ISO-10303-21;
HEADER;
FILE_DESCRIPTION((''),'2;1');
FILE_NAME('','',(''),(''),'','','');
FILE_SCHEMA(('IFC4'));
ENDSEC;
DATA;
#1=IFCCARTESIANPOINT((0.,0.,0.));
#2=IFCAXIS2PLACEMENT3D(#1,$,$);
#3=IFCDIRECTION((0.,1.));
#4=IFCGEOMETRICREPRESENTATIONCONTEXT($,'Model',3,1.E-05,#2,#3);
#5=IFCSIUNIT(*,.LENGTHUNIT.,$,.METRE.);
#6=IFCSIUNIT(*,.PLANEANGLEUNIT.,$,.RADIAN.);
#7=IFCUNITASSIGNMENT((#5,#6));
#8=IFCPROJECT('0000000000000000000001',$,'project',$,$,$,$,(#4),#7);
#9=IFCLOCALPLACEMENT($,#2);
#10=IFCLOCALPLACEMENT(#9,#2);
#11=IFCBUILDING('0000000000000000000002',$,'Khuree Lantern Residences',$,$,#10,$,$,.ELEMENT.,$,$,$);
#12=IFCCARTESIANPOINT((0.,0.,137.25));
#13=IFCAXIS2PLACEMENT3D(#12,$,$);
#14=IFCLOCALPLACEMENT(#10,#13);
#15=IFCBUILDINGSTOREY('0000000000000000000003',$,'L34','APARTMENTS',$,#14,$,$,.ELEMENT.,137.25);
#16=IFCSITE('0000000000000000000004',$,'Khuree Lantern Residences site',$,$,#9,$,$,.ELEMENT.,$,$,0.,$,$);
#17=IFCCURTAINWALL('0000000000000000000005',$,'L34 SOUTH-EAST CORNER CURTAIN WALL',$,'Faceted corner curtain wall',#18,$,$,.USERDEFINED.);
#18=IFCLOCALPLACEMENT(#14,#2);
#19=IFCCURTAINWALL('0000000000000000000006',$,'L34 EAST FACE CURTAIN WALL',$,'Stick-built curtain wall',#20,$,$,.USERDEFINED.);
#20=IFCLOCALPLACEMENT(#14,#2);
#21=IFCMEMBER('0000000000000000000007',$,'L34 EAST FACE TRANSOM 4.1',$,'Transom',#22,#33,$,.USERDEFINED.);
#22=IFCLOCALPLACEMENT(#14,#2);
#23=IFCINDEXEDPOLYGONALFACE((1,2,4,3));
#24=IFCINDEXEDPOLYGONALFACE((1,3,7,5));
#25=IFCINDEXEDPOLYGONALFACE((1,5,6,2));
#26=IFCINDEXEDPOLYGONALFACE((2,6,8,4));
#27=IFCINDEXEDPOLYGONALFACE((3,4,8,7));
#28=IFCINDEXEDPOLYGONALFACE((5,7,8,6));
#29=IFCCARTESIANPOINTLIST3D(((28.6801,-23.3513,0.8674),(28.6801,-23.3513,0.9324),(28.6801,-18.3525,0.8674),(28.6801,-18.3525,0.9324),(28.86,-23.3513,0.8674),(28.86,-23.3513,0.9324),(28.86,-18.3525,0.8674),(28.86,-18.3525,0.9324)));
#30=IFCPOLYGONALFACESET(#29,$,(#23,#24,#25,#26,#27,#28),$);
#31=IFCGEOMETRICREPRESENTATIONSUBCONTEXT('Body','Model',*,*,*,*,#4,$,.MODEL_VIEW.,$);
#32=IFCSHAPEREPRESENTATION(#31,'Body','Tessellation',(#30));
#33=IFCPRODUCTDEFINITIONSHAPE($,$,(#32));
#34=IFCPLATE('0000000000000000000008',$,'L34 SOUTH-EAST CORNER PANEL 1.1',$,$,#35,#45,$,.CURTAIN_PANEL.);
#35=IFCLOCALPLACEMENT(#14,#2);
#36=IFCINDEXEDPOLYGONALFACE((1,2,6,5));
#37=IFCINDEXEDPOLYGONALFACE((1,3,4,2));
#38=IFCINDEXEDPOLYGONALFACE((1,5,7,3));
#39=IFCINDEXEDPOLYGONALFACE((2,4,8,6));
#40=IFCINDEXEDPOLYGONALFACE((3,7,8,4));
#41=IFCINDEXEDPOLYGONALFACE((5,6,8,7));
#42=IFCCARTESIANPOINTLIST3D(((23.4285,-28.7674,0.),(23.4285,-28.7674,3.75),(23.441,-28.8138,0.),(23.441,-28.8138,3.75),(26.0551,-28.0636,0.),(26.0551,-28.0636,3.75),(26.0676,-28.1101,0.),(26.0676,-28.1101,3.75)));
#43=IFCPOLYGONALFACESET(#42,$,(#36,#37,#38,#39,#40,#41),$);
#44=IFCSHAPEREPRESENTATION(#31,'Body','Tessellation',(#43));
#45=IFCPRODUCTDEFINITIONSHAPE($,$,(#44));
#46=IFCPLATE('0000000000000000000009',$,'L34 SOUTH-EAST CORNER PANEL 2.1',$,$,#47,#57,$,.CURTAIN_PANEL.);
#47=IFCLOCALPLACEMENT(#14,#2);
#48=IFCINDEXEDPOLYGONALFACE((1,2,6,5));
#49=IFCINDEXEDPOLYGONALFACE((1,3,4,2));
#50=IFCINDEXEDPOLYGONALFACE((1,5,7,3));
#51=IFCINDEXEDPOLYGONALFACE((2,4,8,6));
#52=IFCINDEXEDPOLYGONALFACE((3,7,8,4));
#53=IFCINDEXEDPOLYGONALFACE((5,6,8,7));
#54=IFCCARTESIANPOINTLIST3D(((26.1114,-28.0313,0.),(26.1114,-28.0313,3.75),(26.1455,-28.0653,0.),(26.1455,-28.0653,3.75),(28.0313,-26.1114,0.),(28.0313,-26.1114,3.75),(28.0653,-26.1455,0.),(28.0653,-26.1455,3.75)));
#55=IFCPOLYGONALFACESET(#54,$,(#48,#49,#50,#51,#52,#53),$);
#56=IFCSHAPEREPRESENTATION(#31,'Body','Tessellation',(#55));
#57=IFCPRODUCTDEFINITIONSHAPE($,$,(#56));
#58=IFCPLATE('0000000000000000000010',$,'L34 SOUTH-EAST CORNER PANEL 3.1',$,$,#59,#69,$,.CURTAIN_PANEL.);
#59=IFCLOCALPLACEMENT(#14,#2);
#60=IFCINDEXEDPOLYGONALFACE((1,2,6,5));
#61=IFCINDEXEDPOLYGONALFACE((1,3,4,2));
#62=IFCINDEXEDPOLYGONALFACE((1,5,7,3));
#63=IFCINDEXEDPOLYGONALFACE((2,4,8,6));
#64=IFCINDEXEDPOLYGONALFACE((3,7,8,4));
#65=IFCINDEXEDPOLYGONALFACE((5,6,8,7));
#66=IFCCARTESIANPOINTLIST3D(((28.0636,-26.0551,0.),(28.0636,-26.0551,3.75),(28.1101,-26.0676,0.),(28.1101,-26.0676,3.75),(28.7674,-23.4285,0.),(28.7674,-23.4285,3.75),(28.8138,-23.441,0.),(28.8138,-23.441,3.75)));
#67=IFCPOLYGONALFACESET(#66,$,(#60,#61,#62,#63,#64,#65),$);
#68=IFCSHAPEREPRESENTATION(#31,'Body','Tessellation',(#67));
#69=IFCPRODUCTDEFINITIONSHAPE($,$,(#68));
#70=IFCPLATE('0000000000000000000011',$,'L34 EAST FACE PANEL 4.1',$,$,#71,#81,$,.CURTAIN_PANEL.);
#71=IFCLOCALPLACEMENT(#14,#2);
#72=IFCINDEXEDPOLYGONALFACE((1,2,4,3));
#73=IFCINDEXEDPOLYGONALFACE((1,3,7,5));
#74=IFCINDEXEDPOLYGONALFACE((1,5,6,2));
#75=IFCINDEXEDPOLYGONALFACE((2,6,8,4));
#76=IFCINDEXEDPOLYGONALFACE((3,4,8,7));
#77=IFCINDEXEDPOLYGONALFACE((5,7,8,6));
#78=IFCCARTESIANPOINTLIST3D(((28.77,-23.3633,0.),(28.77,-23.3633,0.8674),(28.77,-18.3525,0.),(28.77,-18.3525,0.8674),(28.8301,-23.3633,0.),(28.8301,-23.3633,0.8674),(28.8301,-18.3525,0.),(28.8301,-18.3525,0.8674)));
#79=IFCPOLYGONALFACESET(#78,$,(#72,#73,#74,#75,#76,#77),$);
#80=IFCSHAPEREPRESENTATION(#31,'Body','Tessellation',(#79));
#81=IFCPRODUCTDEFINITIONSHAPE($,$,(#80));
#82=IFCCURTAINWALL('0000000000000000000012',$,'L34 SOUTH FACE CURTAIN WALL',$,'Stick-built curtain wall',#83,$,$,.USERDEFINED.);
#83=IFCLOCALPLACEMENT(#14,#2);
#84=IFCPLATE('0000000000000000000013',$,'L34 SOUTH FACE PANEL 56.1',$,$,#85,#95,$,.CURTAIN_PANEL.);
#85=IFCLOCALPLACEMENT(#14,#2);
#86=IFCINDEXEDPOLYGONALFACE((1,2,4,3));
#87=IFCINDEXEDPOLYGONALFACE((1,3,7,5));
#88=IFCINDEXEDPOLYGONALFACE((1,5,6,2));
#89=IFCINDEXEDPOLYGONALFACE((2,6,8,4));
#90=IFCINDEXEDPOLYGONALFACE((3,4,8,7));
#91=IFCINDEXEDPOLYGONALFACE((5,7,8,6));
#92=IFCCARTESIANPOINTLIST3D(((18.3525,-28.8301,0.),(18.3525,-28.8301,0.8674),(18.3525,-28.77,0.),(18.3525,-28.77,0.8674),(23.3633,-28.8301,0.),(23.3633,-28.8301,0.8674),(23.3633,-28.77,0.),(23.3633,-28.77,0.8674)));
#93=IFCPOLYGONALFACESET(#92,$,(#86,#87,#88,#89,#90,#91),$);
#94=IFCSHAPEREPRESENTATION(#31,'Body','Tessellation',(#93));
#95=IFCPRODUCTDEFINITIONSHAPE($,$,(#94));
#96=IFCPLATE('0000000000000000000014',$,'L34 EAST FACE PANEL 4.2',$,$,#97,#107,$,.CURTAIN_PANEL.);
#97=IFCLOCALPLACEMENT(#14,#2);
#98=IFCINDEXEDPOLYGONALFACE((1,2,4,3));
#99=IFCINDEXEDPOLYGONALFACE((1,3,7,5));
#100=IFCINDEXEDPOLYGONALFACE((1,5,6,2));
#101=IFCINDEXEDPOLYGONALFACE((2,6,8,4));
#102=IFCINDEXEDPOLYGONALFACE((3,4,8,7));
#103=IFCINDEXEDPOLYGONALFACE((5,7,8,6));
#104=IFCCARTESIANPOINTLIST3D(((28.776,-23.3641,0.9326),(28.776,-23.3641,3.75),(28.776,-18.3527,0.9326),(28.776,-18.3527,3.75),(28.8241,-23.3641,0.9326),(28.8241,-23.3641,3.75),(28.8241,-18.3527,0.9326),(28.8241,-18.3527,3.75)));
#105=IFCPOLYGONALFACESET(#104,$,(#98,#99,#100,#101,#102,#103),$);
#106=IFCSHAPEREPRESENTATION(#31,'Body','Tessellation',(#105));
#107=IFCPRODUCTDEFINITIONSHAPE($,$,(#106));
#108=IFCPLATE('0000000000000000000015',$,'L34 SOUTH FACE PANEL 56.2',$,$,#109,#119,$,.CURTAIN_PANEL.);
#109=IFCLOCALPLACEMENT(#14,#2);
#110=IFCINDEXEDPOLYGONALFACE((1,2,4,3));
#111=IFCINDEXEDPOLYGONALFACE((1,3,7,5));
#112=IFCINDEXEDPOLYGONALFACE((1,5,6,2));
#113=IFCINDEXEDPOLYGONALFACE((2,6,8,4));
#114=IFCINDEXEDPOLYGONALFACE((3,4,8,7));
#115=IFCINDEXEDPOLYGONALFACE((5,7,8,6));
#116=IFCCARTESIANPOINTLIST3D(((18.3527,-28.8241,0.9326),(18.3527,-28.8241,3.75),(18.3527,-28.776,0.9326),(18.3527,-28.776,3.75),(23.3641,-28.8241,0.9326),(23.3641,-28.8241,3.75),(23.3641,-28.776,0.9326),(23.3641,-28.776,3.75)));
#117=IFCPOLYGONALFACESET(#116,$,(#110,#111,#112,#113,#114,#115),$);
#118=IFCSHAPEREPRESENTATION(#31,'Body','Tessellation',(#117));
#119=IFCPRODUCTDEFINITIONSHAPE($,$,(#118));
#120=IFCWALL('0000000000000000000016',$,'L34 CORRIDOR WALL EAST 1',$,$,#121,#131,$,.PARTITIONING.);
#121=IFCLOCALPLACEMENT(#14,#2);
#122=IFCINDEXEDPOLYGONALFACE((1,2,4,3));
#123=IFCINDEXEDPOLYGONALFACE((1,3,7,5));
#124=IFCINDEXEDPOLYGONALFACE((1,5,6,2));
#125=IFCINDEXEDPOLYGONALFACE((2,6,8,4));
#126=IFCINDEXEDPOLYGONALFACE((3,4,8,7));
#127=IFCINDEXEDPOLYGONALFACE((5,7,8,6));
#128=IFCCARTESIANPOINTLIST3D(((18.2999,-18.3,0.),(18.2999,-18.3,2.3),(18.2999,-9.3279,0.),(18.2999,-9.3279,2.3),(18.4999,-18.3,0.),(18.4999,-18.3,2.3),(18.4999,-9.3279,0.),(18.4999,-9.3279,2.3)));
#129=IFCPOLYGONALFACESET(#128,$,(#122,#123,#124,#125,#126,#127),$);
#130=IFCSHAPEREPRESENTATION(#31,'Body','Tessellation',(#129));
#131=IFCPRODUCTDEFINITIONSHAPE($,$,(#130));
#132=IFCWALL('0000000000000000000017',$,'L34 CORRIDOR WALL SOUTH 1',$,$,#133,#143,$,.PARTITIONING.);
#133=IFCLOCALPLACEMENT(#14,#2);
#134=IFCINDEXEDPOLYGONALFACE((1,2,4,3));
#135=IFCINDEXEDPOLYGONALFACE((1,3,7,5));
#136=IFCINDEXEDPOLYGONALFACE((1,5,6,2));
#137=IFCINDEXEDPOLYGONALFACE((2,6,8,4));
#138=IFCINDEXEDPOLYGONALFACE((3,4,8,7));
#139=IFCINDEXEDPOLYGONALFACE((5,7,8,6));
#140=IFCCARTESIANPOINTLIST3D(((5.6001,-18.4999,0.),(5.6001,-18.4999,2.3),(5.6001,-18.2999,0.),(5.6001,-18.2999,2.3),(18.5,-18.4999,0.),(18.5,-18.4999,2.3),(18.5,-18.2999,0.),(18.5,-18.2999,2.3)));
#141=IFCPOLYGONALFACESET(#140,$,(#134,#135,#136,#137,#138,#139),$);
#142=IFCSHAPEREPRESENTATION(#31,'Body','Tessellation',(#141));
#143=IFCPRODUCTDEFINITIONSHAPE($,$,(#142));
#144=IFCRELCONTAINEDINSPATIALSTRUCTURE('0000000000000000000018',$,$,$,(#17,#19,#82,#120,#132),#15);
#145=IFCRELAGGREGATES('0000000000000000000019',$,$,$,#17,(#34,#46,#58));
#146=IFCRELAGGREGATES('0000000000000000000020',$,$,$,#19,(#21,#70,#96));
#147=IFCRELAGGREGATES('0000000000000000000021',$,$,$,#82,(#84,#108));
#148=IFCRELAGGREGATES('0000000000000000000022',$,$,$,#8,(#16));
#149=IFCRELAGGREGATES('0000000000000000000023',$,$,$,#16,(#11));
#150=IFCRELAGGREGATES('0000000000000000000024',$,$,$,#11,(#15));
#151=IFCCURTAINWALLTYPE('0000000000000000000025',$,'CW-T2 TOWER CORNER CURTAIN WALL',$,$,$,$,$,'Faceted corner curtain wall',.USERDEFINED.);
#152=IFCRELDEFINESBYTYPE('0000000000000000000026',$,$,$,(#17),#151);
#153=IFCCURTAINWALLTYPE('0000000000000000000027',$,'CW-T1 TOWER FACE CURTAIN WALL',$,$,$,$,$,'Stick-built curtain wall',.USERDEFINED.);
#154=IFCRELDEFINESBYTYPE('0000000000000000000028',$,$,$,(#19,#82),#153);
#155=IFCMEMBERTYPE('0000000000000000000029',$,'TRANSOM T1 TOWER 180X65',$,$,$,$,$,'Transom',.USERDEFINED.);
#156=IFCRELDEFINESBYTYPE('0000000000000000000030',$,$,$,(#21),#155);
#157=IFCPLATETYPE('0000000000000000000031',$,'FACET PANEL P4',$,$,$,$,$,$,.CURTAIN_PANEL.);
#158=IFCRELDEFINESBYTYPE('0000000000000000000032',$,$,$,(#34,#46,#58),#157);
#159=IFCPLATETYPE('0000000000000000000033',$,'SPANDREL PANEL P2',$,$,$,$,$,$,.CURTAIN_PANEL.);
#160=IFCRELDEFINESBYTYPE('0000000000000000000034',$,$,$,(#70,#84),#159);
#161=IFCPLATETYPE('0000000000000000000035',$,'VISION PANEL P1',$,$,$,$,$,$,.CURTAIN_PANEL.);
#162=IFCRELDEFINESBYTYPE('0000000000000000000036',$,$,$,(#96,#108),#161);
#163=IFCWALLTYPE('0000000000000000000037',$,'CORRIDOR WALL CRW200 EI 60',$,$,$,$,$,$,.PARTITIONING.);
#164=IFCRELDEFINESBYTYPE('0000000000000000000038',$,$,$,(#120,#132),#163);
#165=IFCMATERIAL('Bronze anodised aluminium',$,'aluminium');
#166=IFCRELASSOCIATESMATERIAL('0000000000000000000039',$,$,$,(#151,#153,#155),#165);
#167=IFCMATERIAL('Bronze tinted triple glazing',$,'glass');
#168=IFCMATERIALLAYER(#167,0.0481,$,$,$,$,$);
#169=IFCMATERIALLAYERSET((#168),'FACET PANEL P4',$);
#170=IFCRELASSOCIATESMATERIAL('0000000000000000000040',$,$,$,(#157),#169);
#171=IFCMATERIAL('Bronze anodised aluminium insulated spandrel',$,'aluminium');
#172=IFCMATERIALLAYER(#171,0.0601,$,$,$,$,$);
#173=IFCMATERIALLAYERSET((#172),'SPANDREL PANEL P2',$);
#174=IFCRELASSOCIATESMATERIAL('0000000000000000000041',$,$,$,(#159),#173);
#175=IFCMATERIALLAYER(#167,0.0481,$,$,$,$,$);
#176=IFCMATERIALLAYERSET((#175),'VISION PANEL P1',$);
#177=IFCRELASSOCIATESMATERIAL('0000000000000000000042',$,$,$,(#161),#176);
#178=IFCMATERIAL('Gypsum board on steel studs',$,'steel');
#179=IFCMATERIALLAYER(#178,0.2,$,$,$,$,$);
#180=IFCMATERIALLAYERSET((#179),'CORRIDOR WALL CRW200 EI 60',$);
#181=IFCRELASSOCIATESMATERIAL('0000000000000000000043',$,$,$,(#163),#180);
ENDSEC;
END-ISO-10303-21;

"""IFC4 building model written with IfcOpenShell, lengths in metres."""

from ifc_helpers import new_model, si_unit, direction, frame, frame_2d, origin, origin_2d, place, context, subcontext, project, spatial, rectangle, extrude, material, layer, layer_set, material_profile, profile_set, type_object, element, aggregate, save


model = new_model("IFC4")

# Units and contexts
model_context = context("Model", 3, precision=1e-05, world=origin(), true_north=direction((0.0, 1.0)))
body_context = subcontext(model_context, "Body", "Model", "MODEL_VIEW")
ifc_project = project(units=[si_unit("LENGTHUNIT", "METRE"), si_unit("PLANEANGLEUNIT", "RADIAN")], contexts=[model_context])

# Site, building, storey
site_placement = place(None, origin())
site = spatial("IfcSite", under=ifc_project, at=site_placement, Name="Khuree Lantern Residences site", CompositionType="ELEMENT", RefElevation=0.0)
building_placement = place(site_placement, origin())
building = spatial("IfcBuilding", under=site, at=building_placement, Name="Khuree Lantern Residences", CompositionType="ELEMENT")
storey_placement = place(building_placement, frame((0.0, 0.0, 137.25)))
storey = spatial("IfcBuildingStorey", under=building, at=storey_placement, Name="L34", Description="APARTMENTS", CompositionType="ELEMENT", Elevation=137.25)

# Curtain wall
ifc_material_1 = material(Name="Bronze anodised aluminium", Category="aluminium")
curtain_wall_type_1 = type_object("IfcCurtainWallType", Name="CW-T2 TOWER CORNER CURTAIN WALL", ElementType="Faceted corner curtain wall", PredefinedType="USERDEFINED", material=ifc_material_1)
curtain_wall_1_placement = place(storey_placement, origin())
curtain_wall_1 = element("IfcCurtainWall", 1, at=curtain_wall_1_placement, inside=storey, type_object=curtain_wall_type_1, Name="L34 SOUTH-EAST CORNER CURTAIN WALL", ObjectType="Faceted corner curtain wall", PredefinedType="USERDEFINED")

# Curtain wall, member
curtain_wall_type_2 = type_object("IfcCurtainWallType", Name="CW-T1 TOWER FACE CURTAIN WALL", ElementType="Stick-built curtain wall", PredefinedType="USERDEFINED", material=ifc_material_1)
curtain_wall_2_placement = place(storey_placement, origin())
curtain_wall_2 = element("IfcCurtainWall", 2, at=curtain_wall_2_placement, inside=storey, type_object=curtain_wall_type_2, Name="L34 EAST FACE CURTAIN WALL", ObjectType="Stick-built curtain wall", PredefinedType="USERDEFINED")
ifc_material_profile_1 = material_profile(ifc_material_1, rectangle(XDim=0.1799, YDim=0.0649, at=origin_2d()), Name="T1 180X65")
ifc_profile_set_1 = profile_set([ifc_material_profile_1], Name="Bronze anodised aluminium")
member_type_1 = type_object("IfcMemberType", Name="TRANSOM T1 TOWER 180X65", ElementType="Transom", PredefinedType="USERDEFINED", material=ifc_profile_set_1)
member_1_placement = place(storey_placement, frame((28.77, -23.3513, 0.8999), z_axis=(0.0, 1.0, 0.0), x_axis=(-1.0, 0.0, 0.0)))
member_1 = element("IfcMember", 3, at=member_1_placement, type_object=member_type_1, Name="L34 EAST FACE TRANSOM 4.1", ObjectType="Transom", PredefinedType="USERDEFINED", context=body_context, shape_type="SweptSolid", body=[
    extrude(rectangle(XDim=0.1799, YDim=0.0649, at=origin_2d()), origin(), (0.0, 0.0, 1.0), 4.9988),
])

# Plates
ifc_material_2 = material(Name="Bronze tinted triple glazing", Category="glass")
ifc_layer_1 = layer(ifc_material_2, 0.0481)
ifc_layer_set_1 = layer_set([ifc_layer_1], Name="FACET PANEL P4")
plate_type_1 = type_object("IfcPlateType", Name="FACET PANEL P4", PredefinedType="CURTAIN_PANEL", material=ifc_layer_set_1)
plate_1_placement = place(storey_placement, frame((24.748, -28.4387, 0.0), z_axis=(0.0, 0.0, 1.0), x_axis=(0.965926, 0.258819, 0.0)))
plate_1 = element("IfcPlate", 4, at=plate_1_placement, type_object=plate_type_1, Name="L34 SOUTH-EAST CORNER PANEL 1.1", PredefinedType="CURTAIN_PANEL", context=body_context, shape_type="SweptSolid", body=[
    extrude(rectangle(XDim=2.7192, YDim=0.0481, at=origin_2d()), origin(), (0.0, 0.0, 1.0), 3.75),
])
plate_2_placement = place(storey_placement, frame((27.0884, -27.0884, 0.0), z_axis=(0.0, 0.0, 1.0), x_axis=(0.707107, 0.707107, 0.0)))
plate_2 = element("IfcPlate", 5, at=plate_2_placement, type_object=plate_type_1, Name="L34 SOUTH-EAST CORNER PANEL 2.1", PredefinedType="CURTAIN_PANEL", context=body_context, shape_type="SweptSolid", body=[
    extrude(rectangle(XDim=2.7151, YDim=0.0481, at=origin_2d()), origin(), (0.0, 0.0, 1.0), 3.75),
])
plate_3_placement = place(storey_placement, frame((28.4387, -24.748, 0.0), z_axis=(0.0, 0.0, 1.0), x_axis=(0.258819, 0.965926, 0.0)))
plate_3 = element("IfcPlate", 6, at=plate_3_placement, type_object=plate_type_1, Name="L34 SOUTH-EAST CORNER PANEL 3.1", PredefinedType="CURTAIN_PANEL", context=body_context, shape_type="SweptSolid", body=[
    extrude(rectangle(XDim=2.7192, YDim=0.0481, at=origin_2d()), origin(), (0.0, 0.0, 1.0), 3.75),
])
aggregate(curtain_wall_1, [plate_1, plate_2, plate_3])
ifc_material_3 = material(Name="Bronze anodised aluminium insulated spandrel", Category="aluminium")
ifc_layer_2 = layer(ifc_material_3, 0.0601)
ifc_layer_set_2 = layer_set([ifc_layer_2], Name="SPANDREL PANEL P2")
plate_type_2 = type_object("IfcPlateType", Name="SPANDREL PANEL P2", PredefinedType="CURTAIN_PANEL", material=ifc_layer_set_2)
plate_4_placement = place(storey_placement, frame((28.8, -20.8579, 0.0), z_axis=(0.0, 0.0, 1.0), x_axis=(0.0, 1.0, 0.0)))
plate_4 = element("IfcPlate", 7, at=plate_4_placement, type_object=plate_type_2, Name="L34 EAST FACE PANEL 4.1", PredefinedType="CURTAIN_PANEL", context=body_context, shape_type="SweptSolid", body=[
    extrude(rectangle(XDim=5.0107, YDim=0.0601, at=origin_2d()), origin(), (0.0, 0.0, 1.0), 0.8674),
])

# Curtain wall, plate
curtain_wall_3_placement = place(storey_placement, origin())
curtain_wall_3 = element("IfcCurtainWall", 8, at=curtain_wall_3_placement, inside=storey, type_object=curtain_wall_type_2, Name="L34 SOUTH FACE CURTAIN WALL", ObjectType="Stick-built curtain wall", PredefinedType="USERDEFINED")
plate_5_placement = place(storey_placement, frame((20.8579, -28.8, 0.0), z_axis=(0.0, 0.0, 1.0), x_axis=(1.0, 0.0, 0.0)))
plate_5 = element("IfcPlate", 9, at=plate_5_placement, type_object=plate_type_2, Name="L34 SOUTH FACE PANEL 56.1", PredefinedType="CURTAIN_PANEL", context=body_context, shape_type="SweptSolid", body=[
    extrude(rectangle(XDim=5.0107, YDim=0.0601, at=origin_2d()), origin(), (0.0, 0.0, 1.0), 0.8674),
])

# Plates
ifc_layer_3 = layer(ifc_material_2, 0.0481)
ifc_layer_set_3 = layer_set([ifc_layer_3], Name="VISION PANEL P1")
plate_type_3 = type_object("IfcPlateType", Name="VISION PANEL P1", PredefinedType="CURTAIN_PANEL", material=ifc_layer_set_3)
plate_6_placement = place(storey_placement, frame((28.8, -20.8584, 0.9326), z_axis=(0.0, 0.0, 1.0), x_axis=(0.0, 1.0, 0.0)))
plate_6 = element("IfcPlate", 10, at=plate_6_placement, type_object=plate_type_3, Name="L34 EAST FACE PANEL 4.2", PredefinedType="CURTAIN_PANEL", context=body_context, shape_type="SweptSolid", body=[
    extrude(rectangle(XDim=5.0115, YDim=0.0481, at=origin_2d()), origin(), (0.0, 0.0, 1.0), 2.8174),
])
aggregate(curtain_wall_2, [member_1, plate_4, plate_6])
plate_7_placement = place(storey_placement, frame((20.8584, -28.8, 0.9326), z_axis=(0.0, 0.0, 1.0), x_axis=(1.0, 0.0, 0.0)))
plate_7 = element("IfcPlate", 11, at=plate_7_placement, type_object=plate_type_3, Name="L34 SOUTH FACE PANEL 56.2", PredefinedType="CURTAIN_PANEL", context=body_context, shape_type="SweptSolid", body=[
    extrude(rectangle(XDim=5.0115, YDim=0.0481, at=origin_2d()), origin(), (0.0, 0.0, 1.0), 2.8174),
])
aggregate(curtain_wall_3, [plate_5, plate_7])

# Walls
ifc_material_4 = material(Name="Gypsum board on steel studs", Category="steel")
ifc_layer_4 = layer(ifc_material_4, 0.2)
ifc_layer_set_4 = layer_set([ifc_layer_4], Name="CORRIDOR WALL CRW200 EI 60")
wall_type = type_object("IfcWallType", Name="CORRIDOR WALL CRW200 EI 60", PredefinedType="PARTITIONING", material=ifc_layer_set_4)
wall_1_placement = place(storey_placement, frame((18.3999, -18.3, 0.0), z_axis=(0.0, 0.0, 1.0), x_axis=(0.0, 1.0, 0.0)))
element("IfcWall", 12, at=wall_1_placement, inside=storey, type_object=wall_type, Name="L34 CORRIDOR WALL EAST 1", PredefinedType="PARTITIONING", context=body_context, shape_type="SweptSolid", body=[
    extrude(rectangle(XDim=8.9722, YDim=0.2, at=frame_2d((4.4861, 0.0))), origin(), (0.0, 0.0, 1.0), 2.3),
])
wall_2_placement = place(storey_placement, frame((18.5, -18.3999, 0.0), z_axis=(0.0, 0.0, 1.0), x_axis=(-1.0, 0.0, 0.0)))
element("IfcWall", 13, at=wall_2_placement, inside=storey, type_object=wall_type, Name="L34 CORRIDOR WALL SOUTH 1", PredefinedType="PARTITIONING", context=body_context, shape_type="SweptSolid", body=[
    extrude(rectangle(XDim=12.8999, YDim=0.2, at=frame_2d((6.45, 0.0))), origin(), (0.0, 0.0, 1.0), 2.3),
])

save(model, "model.ifc")
